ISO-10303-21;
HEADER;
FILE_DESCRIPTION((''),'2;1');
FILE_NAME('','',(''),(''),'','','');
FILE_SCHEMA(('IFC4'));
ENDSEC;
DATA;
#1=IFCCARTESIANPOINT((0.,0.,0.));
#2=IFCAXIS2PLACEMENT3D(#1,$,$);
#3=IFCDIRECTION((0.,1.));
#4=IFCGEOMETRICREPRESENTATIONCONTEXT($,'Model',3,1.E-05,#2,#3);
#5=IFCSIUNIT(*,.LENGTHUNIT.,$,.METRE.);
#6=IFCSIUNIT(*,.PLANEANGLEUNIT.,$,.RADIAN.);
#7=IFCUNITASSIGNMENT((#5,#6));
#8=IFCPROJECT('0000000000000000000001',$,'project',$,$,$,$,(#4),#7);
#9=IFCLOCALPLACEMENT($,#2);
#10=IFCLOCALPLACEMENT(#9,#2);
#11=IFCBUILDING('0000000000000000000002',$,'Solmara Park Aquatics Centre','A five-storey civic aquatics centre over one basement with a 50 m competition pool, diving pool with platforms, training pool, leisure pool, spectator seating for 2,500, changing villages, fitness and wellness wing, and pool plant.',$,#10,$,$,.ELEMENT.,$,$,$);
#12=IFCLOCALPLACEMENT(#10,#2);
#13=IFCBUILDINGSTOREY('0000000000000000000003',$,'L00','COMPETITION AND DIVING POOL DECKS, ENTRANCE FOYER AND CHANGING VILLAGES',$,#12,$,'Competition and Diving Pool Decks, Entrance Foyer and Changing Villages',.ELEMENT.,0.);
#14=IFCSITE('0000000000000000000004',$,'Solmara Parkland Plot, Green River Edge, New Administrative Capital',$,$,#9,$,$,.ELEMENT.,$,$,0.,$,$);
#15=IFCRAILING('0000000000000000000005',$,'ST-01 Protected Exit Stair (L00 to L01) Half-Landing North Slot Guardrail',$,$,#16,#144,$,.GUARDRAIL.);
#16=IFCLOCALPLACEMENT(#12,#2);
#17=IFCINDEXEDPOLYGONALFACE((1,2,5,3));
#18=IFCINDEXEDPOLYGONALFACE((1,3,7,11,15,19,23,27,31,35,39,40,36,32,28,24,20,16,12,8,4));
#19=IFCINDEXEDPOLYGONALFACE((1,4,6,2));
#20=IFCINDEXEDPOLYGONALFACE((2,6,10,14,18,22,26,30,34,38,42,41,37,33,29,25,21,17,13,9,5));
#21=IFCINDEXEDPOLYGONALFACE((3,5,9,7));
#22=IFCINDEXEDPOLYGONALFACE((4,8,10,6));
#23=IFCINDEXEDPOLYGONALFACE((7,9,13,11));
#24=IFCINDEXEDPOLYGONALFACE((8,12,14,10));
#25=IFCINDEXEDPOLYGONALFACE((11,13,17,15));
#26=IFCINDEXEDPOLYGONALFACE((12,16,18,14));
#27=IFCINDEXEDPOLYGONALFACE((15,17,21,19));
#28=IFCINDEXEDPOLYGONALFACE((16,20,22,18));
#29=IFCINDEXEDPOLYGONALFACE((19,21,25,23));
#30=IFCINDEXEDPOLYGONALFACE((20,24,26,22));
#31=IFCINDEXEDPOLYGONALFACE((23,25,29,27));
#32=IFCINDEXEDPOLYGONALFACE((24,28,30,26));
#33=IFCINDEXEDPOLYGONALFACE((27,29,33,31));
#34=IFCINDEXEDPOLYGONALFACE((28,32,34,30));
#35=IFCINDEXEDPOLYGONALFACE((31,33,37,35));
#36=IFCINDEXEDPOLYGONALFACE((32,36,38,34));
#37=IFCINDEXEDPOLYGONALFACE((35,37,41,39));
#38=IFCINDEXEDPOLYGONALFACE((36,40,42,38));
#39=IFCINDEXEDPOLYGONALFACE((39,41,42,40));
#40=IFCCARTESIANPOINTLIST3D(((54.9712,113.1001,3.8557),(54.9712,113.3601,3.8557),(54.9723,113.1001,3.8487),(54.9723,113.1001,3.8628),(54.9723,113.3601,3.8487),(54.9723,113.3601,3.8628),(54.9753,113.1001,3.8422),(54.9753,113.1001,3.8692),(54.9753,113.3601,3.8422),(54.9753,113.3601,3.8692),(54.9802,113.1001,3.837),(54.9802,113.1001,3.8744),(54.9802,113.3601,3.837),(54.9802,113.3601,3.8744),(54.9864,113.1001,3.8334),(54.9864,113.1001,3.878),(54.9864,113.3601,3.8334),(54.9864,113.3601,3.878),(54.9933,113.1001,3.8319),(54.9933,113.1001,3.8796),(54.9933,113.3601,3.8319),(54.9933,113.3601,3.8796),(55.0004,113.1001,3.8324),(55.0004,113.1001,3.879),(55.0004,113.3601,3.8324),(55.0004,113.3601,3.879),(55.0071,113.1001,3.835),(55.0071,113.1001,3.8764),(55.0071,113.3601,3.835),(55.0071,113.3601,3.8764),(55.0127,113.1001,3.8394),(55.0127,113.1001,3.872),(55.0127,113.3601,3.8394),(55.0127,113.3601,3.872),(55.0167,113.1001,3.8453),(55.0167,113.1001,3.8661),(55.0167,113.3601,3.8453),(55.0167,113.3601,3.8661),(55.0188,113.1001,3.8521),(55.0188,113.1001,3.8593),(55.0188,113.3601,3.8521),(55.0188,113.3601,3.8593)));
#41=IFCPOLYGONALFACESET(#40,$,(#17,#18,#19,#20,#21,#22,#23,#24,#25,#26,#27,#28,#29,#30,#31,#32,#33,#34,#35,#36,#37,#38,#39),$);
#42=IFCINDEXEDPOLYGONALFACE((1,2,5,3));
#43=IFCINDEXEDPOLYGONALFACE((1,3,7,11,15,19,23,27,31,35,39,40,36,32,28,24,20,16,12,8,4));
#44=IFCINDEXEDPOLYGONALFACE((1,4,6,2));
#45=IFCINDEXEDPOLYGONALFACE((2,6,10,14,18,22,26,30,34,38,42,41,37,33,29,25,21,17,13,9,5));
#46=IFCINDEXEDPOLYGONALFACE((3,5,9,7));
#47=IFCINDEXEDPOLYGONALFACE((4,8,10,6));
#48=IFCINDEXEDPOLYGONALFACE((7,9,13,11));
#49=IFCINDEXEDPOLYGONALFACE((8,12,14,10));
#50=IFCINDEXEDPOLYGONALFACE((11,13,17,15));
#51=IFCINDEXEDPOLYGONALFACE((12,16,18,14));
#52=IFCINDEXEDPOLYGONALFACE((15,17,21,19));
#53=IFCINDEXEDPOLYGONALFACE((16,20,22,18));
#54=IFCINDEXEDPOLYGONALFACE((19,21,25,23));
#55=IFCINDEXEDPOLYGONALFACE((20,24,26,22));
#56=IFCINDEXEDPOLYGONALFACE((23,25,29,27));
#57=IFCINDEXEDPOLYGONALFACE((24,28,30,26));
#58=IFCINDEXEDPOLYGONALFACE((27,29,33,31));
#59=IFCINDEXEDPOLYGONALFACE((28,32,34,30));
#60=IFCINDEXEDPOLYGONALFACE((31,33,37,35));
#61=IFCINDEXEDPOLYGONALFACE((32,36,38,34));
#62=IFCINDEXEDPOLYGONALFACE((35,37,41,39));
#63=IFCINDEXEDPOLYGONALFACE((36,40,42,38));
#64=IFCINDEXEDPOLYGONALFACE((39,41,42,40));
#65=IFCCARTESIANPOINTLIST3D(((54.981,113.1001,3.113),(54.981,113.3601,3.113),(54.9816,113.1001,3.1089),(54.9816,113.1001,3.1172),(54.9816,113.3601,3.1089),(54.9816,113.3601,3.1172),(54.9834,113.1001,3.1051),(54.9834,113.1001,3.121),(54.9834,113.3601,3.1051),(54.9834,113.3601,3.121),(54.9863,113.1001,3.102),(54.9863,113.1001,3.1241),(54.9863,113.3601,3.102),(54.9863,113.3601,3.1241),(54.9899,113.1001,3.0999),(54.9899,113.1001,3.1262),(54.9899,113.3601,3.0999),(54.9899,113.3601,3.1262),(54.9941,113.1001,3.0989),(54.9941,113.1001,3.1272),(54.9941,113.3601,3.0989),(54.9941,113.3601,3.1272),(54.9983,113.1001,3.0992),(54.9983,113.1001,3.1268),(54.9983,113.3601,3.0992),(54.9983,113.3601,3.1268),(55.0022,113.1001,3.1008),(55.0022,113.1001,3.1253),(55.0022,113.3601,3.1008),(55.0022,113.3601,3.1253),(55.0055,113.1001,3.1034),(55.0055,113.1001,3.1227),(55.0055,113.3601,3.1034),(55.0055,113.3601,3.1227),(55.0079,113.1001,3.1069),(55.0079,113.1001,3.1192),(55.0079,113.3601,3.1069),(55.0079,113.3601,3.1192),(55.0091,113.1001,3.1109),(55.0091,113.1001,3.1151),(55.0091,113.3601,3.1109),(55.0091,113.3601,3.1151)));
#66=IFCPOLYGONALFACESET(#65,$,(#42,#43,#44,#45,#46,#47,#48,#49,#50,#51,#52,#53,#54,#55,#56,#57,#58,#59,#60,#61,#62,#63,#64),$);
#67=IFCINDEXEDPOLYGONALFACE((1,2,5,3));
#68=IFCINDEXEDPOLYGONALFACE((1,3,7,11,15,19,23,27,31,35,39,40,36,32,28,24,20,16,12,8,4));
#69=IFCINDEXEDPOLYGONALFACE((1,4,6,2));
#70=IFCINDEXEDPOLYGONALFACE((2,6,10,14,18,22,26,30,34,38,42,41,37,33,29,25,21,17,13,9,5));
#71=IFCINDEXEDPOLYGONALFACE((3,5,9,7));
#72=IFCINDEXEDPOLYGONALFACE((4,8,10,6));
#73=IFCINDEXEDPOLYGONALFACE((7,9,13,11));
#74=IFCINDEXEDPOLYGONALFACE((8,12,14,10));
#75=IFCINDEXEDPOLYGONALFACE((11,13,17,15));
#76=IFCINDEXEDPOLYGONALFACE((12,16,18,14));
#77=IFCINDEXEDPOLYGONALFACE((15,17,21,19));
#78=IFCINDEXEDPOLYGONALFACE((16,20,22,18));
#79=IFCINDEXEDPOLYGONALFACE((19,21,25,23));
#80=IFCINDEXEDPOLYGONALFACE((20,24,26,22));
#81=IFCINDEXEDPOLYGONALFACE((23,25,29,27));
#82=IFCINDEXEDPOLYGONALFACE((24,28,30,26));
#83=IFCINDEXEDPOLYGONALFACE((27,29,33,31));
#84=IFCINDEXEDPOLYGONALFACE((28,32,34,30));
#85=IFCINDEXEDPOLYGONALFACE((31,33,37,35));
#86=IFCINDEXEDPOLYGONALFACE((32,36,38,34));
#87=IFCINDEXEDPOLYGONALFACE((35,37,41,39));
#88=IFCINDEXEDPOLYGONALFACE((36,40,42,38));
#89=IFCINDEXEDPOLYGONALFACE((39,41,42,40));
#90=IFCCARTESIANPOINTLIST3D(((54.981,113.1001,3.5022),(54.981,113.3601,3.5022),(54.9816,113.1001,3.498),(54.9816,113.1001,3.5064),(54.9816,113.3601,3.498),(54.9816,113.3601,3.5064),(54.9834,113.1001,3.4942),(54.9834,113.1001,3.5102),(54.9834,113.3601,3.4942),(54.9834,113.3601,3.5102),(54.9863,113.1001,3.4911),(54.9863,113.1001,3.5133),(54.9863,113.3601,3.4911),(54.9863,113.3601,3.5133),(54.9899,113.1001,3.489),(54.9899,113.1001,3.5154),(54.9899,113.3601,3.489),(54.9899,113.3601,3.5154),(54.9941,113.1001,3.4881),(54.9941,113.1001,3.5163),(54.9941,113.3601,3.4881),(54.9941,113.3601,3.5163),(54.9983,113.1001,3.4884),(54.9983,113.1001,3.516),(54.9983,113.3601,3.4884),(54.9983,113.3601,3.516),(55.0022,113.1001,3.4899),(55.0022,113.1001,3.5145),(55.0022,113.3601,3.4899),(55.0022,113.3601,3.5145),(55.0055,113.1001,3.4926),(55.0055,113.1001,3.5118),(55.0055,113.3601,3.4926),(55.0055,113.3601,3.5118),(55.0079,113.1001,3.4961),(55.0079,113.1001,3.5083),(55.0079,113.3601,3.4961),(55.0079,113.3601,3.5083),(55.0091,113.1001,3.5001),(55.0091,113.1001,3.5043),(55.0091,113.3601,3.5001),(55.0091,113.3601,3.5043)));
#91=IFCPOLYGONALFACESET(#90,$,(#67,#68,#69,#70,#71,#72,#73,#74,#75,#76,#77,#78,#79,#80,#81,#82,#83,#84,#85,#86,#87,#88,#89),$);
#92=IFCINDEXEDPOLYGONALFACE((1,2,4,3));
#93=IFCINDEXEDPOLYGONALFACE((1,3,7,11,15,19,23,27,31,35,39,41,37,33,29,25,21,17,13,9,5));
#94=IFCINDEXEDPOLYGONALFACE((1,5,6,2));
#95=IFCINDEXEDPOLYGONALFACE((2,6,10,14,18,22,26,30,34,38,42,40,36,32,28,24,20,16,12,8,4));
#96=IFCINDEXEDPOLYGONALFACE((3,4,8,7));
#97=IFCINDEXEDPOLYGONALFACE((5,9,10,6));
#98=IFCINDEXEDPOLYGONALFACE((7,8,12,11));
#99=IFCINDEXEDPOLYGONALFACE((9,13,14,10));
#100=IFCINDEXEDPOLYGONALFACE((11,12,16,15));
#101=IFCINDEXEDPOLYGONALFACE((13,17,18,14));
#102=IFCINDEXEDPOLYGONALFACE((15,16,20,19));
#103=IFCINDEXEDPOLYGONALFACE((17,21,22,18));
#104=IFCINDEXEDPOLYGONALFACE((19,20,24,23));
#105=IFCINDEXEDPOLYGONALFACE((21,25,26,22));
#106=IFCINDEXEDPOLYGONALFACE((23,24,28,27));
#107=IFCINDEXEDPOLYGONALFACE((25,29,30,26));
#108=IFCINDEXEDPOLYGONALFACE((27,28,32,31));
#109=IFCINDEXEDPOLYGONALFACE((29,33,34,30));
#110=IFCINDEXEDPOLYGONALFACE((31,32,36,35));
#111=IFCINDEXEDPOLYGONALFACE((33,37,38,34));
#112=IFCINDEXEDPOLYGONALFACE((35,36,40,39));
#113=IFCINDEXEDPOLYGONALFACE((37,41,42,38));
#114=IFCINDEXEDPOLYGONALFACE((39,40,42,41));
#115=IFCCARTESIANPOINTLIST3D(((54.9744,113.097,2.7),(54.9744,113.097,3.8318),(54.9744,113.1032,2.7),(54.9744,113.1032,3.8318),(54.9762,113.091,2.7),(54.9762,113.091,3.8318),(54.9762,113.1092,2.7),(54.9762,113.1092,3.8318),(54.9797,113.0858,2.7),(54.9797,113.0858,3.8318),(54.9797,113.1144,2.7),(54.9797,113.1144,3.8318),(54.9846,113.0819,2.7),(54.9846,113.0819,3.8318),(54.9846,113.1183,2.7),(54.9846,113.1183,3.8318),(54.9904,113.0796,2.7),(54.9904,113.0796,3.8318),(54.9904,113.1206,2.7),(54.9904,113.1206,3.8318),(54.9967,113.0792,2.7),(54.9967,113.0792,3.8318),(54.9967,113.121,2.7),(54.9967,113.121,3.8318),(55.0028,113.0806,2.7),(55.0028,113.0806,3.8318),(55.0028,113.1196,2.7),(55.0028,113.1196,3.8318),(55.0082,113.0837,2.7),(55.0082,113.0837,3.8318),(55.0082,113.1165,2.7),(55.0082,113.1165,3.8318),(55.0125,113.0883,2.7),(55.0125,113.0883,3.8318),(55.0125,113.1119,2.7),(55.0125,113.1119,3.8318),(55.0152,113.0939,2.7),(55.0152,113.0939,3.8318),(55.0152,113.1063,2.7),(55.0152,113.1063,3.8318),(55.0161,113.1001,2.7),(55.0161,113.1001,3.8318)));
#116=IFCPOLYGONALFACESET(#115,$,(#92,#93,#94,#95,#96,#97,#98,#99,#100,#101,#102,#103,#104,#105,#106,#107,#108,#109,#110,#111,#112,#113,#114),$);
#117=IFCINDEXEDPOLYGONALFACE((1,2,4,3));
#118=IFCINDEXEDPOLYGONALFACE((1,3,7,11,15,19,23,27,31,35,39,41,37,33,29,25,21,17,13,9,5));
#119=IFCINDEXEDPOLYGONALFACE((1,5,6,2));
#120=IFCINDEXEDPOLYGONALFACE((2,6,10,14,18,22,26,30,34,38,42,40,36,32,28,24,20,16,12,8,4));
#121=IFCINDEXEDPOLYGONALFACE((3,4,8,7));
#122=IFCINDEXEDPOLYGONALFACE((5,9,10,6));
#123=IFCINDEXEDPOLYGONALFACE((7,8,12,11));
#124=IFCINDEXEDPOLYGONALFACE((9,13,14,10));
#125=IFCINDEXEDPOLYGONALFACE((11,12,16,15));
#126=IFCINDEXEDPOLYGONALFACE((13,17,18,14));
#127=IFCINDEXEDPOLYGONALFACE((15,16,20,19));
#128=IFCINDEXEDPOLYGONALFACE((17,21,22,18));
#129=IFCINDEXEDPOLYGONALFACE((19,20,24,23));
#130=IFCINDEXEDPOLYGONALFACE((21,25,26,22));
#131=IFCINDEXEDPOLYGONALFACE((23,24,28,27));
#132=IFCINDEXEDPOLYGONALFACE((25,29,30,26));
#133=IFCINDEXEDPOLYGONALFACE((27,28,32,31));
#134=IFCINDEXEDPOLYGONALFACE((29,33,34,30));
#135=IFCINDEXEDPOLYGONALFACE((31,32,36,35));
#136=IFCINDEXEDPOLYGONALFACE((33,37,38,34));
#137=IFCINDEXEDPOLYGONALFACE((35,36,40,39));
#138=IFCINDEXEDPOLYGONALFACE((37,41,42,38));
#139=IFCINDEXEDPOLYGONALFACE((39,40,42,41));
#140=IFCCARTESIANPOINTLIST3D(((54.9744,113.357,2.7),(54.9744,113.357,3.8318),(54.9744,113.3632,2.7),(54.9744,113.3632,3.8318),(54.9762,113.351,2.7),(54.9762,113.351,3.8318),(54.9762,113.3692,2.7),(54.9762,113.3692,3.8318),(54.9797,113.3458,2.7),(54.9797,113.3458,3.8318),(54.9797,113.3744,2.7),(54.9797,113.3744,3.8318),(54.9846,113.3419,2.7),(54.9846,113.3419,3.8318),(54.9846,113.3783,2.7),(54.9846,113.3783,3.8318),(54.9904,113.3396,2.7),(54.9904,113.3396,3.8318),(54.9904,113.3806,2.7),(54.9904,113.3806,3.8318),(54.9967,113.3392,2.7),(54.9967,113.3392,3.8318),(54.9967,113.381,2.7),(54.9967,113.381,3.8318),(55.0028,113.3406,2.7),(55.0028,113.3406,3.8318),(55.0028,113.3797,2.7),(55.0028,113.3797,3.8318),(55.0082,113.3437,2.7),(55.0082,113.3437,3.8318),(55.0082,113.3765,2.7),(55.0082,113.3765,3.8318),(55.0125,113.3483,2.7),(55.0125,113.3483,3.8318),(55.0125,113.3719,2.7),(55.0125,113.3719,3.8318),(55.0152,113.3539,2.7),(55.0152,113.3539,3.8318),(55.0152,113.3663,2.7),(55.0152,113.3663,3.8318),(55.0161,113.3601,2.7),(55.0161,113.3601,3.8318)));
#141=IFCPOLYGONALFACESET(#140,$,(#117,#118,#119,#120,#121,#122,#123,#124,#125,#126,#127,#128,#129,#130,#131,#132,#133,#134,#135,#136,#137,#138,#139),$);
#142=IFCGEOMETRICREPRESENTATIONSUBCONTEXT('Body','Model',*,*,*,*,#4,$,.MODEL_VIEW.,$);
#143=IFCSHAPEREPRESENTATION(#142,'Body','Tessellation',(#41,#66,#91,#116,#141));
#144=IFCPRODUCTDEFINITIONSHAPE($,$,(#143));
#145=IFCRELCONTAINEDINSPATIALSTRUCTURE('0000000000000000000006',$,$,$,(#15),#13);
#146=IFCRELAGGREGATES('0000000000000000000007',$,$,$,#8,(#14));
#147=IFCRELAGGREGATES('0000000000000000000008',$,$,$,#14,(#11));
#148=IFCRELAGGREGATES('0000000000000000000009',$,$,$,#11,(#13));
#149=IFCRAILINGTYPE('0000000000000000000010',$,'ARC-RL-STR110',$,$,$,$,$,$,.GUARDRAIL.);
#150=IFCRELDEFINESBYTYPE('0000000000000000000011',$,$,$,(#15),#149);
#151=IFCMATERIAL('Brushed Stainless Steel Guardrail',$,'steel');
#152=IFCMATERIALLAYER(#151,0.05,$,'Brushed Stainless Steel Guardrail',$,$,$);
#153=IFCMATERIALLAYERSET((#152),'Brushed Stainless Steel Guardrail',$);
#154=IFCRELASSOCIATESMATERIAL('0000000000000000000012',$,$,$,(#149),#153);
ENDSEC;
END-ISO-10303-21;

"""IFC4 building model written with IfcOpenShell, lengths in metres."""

from ifc_helpers import new_model, si_unit, direction, frame, origin, origin_2d, place, context, subcontext, project, spatial, circle, extrude, material, layer, layer_set, type_object, element, save


model = new_model("IFC4")

# Units and contexts
model_context = context("Model", 3, precision=1e-05, world=origin(), true_north=direction((0.0, 1.0)))
body_context = subcontext(model_context, "Body", "Model", "MODEL_VIEW")
ifc_project = project(units=[si_unit("LENGTHUNIT", "METRE"), si_unit("PLANEANGLEUNIT", "RADIAN")], contexts=[model_context])

# Site, building, storey
site_placement = place(None, origin())
site = spatial("IfcSite", under=ifc_project, at=site_placement, Name="Solmara Parkland Plot, Green River Edge, New Administrative Capital", CompositionType="ELEMENT", RefElevation=0.0)
building_placement = place(site_placement, origin())
building = spatial("IfcBuilding", under=site, at=building_placement, Name="Solmara Park Aquatics Centre", Description="A five-storey civic aquatics centre over one basement with a 50 m competition pool, diving pool with platforms, training pool, leisure pool, spectator seating for 2,500, changing villages, fitness and wellness wing, and pool plant.", CompositionType="ELEMENT")
storey_placement = place(building_placement, origin())
storey = spatial("IfcBuildingStorey", under=building, at=storey_placement, Name="L00", Description="COMPETITION AND DIVING POOL DECKS, ENTRANCE FOYER AND CHANGING VILLAGES", LongName="Competition and Diving Pool Decks, Entrance Foyer and Changing Villages", CompositionType="ELEMENT", Elevation=0.0)

# Railing
ifc_material_1 = material(Name="Brushed Stainless Steel Guardrail", Category="steel")
ifc_layer_1 = layer(ifc_material_1, 0.05, Name="Brushed Stainless Steel Guardrail")
ifc_layer_set_1 = layer_set([ifc_layer_1], Name="Brushed Stainless Steel Guardrail")
railing_type_1 = type_object("IfcRailingType", Name="ARC-RL-STR110", PredefinedType="GUARDRAIL", material=ifc_layer_set_1)
railing_1_placement = place(storey_placement, frame((54.9951, 113.1001, 2.7)))
element("IfcRailing", 1, at=railing_1_placement, inside=storey, type_object=railing_type_1, Name="ST-01 Protected Exit Stair (L00 to L01) Half-Landing North Slot Guardrail", PredefinedType="GUARDRAIL", context=body_context, shape_type="SweptSolid", body=[
    extrude(circle(Radius=0.0239, at=origin_2d()), frame((0.0, 0.0, 1.1558), z_axis=(0.0, 1.0, 0.0), x_axis=(-1.0, 0.0, 0.0)), (0.0, 0.0, 1.0), 0.26),
    extrude(circle(Radius=0.0142, at=origin_2d()), frame((0.0, 0.0, 0.4131), z_axis=(0.0, 1.0, 0.0), x_axis=(-1.0, 0.0, 0.0)), (0.0, 0.0, 1.0), 0.26),
    extrude(circle(Radius=0.0142, at=origin_2d()), frame((0.0, 0.0, 0.8022), z_axis=(0.0, 1.0, 0.0), x_axis=(-1.0, 0.0, 0.0)), (0.0, 0.0, 1.0), 0.26),
    extrude(circle(Radius=0.021, at=origin_2d()), origin(), (0.0, 0.0, 1.0), 1.1318),
    extrude(circle(Radius=0.021, at=origin_2d()), frame((0.0, 0.26, 0.0)), (0.0, 0.0, 1.0), 1.1318),
])

save(model, "model.ifc")
